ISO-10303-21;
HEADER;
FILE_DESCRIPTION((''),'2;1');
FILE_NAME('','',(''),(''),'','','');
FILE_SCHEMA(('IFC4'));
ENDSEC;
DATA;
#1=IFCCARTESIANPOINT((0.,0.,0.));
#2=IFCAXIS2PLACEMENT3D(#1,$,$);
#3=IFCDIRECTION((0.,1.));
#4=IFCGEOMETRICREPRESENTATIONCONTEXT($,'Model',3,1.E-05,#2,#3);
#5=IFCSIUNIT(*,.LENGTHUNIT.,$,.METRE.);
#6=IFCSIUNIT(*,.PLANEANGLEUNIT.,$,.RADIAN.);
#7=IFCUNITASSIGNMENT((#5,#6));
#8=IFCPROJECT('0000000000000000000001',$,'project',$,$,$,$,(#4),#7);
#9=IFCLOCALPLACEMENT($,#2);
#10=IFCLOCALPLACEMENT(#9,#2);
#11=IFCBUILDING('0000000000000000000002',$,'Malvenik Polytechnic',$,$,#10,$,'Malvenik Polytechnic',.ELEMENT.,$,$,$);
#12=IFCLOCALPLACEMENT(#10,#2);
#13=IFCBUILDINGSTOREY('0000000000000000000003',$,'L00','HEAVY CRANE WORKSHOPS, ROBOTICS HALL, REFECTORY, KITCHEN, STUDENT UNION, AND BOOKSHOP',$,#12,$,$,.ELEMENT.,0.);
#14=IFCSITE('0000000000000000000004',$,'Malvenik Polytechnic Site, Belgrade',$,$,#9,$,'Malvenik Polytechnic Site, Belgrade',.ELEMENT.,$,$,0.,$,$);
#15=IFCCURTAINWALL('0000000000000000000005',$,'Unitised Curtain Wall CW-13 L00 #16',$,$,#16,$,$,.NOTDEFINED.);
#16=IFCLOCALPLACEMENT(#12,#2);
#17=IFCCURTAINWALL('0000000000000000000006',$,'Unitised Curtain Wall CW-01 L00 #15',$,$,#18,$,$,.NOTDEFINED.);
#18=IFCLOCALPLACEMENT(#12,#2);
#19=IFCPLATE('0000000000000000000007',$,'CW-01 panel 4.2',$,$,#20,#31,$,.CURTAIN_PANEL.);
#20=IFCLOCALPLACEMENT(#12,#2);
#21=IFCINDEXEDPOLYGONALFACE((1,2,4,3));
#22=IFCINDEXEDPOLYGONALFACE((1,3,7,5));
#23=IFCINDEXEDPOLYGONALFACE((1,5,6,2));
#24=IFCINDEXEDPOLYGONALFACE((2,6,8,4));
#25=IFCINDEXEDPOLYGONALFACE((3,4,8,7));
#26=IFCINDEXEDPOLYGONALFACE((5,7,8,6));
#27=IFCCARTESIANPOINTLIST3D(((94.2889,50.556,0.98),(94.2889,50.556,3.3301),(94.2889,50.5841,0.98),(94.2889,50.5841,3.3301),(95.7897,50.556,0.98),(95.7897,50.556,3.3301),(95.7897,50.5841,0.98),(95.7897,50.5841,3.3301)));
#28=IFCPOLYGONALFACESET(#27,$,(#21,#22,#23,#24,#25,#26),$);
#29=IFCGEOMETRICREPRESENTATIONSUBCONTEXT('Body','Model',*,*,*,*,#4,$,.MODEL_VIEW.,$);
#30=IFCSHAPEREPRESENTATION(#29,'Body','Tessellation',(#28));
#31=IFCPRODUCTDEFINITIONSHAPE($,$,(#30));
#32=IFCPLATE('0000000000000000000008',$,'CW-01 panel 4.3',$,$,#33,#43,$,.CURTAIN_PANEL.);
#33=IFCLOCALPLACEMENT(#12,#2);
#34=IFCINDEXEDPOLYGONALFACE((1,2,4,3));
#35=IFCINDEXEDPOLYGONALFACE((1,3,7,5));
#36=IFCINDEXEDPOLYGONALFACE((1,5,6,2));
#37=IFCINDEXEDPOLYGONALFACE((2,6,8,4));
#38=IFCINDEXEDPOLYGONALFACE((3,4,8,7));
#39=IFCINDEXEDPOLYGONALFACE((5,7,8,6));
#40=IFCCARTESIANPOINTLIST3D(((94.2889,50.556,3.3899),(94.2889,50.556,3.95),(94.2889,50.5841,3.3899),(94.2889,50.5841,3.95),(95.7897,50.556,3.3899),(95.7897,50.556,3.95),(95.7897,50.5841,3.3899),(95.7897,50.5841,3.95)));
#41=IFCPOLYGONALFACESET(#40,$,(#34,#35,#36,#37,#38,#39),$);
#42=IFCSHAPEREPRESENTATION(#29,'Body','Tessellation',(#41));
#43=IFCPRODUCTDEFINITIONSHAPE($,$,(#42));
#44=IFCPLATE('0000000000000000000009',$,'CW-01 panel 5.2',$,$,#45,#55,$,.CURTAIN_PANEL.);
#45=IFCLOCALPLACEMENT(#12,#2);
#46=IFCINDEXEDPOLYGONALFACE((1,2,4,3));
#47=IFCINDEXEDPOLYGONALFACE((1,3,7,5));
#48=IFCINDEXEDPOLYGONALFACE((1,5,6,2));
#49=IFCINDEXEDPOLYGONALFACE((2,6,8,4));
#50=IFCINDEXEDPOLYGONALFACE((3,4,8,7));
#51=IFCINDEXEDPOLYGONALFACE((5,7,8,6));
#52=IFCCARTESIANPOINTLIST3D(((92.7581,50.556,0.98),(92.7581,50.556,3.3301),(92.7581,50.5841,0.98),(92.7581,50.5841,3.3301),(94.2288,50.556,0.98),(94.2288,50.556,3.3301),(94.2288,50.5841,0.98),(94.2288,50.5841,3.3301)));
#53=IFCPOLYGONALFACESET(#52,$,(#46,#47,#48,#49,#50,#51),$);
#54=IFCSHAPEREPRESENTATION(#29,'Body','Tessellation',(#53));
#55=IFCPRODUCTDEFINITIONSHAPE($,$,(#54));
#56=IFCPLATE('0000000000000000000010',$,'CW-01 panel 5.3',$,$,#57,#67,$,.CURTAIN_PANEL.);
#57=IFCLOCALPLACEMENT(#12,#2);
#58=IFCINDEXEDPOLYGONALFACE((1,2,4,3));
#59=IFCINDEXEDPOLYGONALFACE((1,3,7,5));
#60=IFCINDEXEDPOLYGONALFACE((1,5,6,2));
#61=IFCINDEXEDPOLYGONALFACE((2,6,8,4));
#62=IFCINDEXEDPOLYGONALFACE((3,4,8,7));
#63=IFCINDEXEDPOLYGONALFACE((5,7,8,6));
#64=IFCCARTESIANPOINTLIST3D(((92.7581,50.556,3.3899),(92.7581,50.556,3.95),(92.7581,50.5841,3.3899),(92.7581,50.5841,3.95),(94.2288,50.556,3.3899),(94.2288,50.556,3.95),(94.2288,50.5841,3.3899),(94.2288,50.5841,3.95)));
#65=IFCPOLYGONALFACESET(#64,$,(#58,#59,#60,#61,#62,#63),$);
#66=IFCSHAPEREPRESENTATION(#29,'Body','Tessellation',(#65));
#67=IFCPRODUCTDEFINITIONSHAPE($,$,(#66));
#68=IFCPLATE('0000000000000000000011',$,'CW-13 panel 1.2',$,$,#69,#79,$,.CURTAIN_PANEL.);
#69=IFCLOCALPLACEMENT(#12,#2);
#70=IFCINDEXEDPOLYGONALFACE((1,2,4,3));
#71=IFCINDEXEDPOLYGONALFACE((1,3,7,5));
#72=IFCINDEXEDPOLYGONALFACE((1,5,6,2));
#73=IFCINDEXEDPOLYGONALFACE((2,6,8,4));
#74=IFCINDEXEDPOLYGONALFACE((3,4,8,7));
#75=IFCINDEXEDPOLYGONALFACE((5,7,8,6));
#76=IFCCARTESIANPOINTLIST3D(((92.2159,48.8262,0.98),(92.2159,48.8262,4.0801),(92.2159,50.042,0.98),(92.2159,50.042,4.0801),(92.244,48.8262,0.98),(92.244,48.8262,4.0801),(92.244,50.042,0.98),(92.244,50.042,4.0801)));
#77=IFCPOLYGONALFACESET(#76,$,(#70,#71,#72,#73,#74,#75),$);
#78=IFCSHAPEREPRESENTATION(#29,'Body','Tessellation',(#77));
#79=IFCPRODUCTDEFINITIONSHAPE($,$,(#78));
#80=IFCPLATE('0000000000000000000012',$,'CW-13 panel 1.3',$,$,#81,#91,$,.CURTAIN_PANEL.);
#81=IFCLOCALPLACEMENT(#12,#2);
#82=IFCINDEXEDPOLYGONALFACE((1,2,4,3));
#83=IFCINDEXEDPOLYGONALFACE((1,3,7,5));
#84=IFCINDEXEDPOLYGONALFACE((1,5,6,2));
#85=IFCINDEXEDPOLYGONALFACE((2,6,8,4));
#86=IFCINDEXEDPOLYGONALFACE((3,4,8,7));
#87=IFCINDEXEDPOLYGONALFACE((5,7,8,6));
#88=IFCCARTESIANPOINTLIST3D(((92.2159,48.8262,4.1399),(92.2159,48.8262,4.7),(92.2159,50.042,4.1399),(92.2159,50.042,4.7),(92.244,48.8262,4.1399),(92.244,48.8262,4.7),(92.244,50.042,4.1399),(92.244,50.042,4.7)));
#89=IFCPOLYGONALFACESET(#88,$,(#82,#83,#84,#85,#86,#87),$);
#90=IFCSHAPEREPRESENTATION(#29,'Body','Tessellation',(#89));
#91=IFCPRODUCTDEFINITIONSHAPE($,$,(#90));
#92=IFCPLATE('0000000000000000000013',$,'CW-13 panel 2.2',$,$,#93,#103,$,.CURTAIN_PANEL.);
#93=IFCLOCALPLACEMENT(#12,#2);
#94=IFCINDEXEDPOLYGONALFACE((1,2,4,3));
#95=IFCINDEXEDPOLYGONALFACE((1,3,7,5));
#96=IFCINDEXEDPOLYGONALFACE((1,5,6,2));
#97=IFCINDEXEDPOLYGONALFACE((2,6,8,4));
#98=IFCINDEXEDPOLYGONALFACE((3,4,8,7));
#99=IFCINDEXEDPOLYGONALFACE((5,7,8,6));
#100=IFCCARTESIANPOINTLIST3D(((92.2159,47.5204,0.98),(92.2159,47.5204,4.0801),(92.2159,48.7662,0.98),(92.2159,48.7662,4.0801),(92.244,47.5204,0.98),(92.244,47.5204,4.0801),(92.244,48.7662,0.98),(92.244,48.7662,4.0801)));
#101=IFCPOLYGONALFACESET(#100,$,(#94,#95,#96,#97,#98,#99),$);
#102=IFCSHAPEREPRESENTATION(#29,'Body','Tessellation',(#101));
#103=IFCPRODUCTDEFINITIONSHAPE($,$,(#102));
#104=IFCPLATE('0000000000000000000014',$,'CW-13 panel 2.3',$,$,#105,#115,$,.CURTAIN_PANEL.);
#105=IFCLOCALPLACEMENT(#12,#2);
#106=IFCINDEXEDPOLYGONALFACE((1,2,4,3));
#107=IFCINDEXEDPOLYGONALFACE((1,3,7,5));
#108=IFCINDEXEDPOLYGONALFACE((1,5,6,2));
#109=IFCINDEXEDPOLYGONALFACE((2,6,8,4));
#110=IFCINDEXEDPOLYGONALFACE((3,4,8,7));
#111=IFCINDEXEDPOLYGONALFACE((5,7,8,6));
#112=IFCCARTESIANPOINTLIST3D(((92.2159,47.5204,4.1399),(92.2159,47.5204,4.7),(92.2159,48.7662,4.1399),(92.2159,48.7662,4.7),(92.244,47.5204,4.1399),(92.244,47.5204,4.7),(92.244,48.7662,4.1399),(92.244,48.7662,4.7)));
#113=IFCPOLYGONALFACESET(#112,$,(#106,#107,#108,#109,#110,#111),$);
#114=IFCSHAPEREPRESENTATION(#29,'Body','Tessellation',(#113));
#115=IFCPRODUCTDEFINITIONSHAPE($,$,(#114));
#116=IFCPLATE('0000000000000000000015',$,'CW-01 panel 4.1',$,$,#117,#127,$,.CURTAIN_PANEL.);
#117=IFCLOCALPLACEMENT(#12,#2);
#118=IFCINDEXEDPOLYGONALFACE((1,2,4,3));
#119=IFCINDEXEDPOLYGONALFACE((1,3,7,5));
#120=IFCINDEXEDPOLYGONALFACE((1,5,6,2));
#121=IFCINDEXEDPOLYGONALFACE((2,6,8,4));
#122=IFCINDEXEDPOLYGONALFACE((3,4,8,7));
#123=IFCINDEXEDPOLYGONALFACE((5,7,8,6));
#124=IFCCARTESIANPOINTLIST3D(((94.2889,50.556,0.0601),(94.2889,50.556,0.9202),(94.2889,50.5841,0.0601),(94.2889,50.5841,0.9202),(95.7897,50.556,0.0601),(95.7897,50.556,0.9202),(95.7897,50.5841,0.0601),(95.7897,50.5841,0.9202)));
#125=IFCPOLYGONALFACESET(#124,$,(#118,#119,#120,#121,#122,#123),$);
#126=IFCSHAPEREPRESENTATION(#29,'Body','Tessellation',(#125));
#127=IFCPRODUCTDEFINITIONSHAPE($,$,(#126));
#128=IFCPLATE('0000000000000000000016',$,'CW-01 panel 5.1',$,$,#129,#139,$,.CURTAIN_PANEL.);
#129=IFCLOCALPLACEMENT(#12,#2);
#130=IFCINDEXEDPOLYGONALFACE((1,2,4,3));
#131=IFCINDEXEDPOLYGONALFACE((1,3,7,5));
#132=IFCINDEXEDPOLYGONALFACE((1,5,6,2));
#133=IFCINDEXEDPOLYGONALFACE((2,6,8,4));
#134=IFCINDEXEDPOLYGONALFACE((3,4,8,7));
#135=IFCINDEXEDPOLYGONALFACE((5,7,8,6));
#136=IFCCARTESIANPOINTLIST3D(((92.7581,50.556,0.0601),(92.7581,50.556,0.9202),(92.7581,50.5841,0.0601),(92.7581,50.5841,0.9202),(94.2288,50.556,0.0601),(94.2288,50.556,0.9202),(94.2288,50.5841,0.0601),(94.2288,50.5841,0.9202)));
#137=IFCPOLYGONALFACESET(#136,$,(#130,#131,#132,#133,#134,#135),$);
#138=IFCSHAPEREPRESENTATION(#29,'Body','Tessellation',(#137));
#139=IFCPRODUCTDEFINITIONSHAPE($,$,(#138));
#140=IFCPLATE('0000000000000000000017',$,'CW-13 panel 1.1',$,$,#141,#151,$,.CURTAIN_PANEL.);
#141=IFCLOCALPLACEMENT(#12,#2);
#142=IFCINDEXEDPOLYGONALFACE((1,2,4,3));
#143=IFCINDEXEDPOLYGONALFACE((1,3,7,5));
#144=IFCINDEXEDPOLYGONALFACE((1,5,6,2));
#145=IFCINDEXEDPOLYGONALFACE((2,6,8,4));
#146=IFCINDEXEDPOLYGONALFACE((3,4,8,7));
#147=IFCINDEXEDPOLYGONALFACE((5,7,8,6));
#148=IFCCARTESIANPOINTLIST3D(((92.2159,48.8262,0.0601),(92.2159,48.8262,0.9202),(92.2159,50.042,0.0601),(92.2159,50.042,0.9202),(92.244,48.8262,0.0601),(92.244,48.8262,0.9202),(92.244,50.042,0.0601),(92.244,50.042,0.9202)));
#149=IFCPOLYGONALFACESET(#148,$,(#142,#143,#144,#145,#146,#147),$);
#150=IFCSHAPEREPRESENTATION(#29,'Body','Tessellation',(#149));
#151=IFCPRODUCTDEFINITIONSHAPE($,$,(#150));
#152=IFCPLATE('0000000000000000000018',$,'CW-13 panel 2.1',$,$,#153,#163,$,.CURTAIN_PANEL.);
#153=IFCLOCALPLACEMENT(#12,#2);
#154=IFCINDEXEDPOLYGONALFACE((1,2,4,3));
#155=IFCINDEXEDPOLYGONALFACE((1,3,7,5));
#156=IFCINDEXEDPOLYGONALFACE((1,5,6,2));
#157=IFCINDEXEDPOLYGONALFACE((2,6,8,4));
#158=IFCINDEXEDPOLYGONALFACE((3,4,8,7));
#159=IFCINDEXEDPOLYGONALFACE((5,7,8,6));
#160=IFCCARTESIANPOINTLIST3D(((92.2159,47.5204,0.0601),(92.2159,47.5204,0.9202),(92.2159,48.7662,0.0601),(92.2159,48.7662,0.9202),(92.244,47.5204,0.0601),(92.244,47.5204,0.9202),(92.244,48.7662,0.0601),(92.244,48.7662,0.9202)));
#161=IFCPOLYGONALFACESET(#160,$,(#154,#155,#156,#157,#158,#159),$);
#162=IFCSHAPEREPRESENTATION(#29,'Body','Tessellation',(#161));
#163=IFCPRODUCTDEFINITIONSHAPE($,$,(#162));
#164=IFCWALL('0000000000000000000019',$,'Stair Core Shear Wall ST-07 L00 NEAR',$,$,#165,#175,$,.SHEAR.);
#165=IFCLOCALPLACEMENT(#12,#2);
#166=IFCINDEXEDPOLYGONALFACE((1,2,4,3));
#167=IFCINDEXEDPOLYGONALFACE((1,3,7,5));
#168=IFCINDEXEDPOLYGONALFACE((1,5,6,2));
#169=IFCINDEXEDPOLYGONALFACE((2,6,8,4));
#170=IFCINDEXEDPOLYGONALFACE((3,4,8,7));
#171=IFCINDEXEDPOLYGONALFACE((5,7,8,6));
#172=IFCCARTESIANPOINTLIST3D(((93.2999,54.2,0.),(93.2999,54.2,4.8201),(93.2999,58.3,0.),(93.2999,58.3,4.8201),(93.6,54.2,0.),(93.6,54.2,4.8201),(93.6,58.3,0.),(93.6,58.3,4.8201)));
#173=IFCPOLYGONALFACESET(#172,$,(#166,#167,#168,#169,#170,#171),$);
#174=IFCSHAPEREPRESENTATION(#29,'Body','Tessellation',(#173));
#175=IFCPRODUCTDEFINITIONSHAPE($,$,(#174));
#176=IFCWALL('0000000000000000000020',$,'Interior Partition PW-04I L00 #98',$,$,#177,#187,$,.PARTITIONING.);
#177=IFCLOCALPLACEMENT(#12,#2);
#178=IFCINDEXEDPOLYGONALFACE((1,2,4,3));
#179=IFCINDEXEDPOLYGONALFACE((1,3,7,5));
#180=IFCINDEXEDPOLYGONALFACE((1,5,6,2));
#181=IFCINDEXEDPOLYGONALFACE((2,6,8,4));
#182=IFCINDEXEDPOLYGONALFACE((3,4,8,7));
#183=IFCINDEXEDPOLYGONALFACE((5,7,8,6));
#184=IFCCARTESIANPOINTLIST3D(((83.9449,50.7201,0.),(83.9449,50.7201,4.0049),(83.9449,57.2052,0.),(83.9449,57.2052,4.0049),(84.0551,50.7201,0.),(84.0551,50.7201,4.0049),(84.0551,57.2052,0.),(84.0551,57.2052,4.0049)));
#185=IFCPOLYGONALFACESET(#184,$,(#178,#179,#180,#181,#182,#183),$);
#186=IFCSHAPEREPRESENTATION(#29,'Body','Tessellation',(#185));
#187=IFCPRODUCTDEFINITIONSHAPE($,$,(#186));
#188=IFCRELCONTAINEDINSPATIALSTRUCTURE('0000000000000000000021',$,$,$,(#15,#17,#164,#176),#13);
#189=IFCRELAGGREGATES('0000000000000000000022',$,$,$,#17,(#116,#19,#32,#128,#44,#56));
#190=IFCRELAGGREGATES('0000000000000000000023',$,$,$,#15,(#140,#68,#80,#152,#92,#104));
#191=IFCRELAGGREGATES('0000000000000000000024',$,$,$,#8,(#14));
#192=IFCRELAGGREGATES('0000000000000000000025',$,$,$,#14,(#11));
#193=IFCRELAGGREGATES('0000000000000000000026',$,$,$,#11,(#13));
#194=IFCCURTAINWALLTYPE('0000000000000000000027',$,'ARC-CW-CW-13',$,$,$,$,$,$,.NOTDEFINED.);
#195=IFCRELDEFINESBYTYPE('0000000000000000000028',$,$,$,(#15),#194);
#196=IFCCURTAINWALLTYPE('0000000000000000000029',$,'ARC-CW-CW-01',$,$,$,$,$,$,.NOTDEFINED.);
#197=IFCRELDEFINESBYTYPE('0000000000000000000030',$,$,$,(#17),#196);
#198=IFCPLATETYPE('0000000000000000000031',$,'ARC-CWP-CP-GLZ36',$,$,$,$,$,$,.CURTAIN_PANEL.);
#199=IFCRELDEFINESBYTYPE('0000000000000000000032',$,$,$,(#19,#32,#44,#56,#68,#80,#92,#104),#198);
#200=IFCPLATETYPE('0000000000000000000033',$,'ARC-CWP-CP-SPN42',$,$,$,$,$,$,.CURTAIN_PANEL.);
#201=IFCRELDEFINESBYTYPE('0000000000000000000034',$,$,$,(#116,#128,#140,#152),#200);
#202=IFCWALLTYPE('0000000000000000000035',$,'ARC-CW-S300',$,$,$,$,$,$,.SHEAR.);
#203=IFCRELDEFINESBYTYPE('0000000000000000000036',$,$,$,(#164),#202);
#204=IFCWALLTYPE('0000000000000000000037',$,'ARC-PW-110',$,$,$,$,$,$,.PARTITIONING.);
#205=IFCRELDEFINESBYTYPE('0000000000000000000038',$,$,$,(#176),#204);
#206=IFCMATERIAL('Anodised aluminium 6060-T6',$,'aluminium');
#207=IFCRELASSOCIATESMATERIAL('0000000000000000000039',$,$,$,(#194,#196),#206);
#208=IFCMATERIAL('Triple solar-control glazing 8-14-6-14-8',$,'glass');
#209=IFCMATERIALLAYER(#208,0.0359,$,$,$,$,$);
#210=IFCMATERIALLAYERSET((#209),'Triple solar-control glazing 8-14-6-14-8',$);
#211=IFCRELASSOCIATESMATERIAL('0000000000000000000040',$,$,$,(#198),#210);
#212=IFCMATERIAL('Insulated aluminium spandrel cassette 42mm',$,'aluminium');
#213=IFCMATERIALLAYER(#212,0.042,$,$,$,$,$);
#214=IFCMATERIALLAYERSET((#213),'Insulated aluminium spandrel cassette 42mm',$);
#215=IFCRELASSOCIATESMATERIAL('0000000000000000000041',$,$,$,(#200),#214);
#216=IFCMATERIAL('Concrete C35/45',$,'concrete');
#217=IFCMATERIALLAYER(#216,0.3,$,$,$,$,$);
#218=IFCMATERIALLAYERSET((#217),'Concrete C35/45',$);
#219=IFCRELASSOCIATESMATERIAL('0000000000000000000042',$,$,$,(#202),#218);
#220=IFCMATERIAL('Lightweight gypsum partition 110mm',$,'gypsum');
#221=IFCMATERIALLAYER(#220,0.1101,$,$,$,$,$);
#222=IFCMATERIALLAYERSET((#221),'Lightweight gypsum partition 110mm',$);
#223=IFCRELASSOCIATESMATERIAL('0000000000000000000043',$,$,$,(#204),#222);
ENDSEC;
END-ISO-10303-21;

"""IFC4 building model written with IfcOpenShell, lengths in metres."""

from ifc_helpers import new_model, si_unit, direction, frame, frame_2d, origin, origin_2d, place, context, subcontext, project, spatial, rectangle, extrude, material, layer, layer_set, type_object, element, aggregate, save


model = new_model("IFC4")

# Units and contexts
model_context = context("Model", 3, precision=1e-05, world=origin(), true_north=direction((0.0, 1.0)))
body_context = subcontext(model_context, "Body", "Model", "MODEL_VIEW")
ifc_project = project(units=[si_unit("LENGTHUNIT", "METRE"), si_unit("PLANEANGLEUNIT", "RADIAN")], contexts=[model_context])

# Site, building, storey
site_placement = place(None, origin())
site = spatial("IfcSite", under=ifc_project, at=site_placement, Name="Malvenik Polytechnic Site, Belgrade", LongName="Malvenik Polytechnic Site, Belgrade", CompositionType="ELEMENT", RefElevation=0.0)
building_placement = place(site_placement, origin())
building = spatial("IfcBuilding", under=site, at=building_placement, Name="Malvenik Polytechnic", LongName="Malvenik Polytechnic", CompositionType="ELEMENT")
storey_placement = place(building_placement, origin())
storey = spatial("IfcBuildingStorey", under=building, at=storey_placement, Name="L00", Description="HEAVY CRANE WORKSHOPS, ROBOTICS HALL, REFECTORY, KITCHEN, STUDENT UNION, AND BOOKSHOP", CompositionType="ELEMENT", Elevation=0.0)

# Shared definitions
ifc_material_1 = material(Name="Concrete C35/45", Category="concrete")

# Curtain walls
ifc_material_2 = material(Name="Anodised aluminium 6060-T6", Category="aluminium")
curtain_wall_type_1 = type_object("IfcCurtainWallType", Name="ARC-CW-CW-13", PredefinedType="NOTDEFINED", material=ifc_material_2)
curtain_wall_1_placement = place(storey_placement, origin())
curtain_wall_1 = element("IfcCurtainWall", 1, at=curtain_wall_1_placement, inside=storey, type_object=curtain_wall_type_1, Name="Unitised Curtain Wall CW-13 L00 #16", PredefinedType="NOTDEFINED")
curtain_wall_type_2 = type_object("IfcCurtainWallType", Name="ARC-CW-CW-01", PredefinedType="NOTDEFINED", material=ifc_material_2)
curtain_wall_2_placement = place(storey_placement, origin())
curtain_wall_2 = element("IfcCurtainWall", 2, at=curtain_wall_2_placement, inside=storey, type_object=curtain_wall_type_2, Name="Unitised Curtain Wall CW-01 L00 #15", PredefinedType="NOTDEFINED")

# Plates
ifc_material_3 = material(Name="Triple solar-control glazing 8-14-6-14-8", Category="glass")
ifc_layer_1 = layer(ifc_material_3, 0.0359)
ifc_layer_set_1 = layer_set([ifc_layer_1], Name="Triple solar-control glazing 8-14-6-14-8")
plate_type_1 = type_object("IfcPlateType", Name="ARC-CWP-CP-GLZ36", PredefinedType="CURTAIN_PANEL", material=ifc_layer_set_1)
plate_1_placement = place(storey_placement, frame((95.0393, 50.5701, 0.98), z_axis=(0.0, 0.0, 1.0), x_axis=(-1.0, 0.0, 0.0)))
plate_1 = element("IfcPlate", 3, at=plate_1_placement, type_object=plate_type_1, Name="CW-01 panel 4.2", PredefinedType="CURTAIN_PANEL", context=body_context, shape_type="SweptSolid", body=[
    extrude(rectangle(XDim=1.5007, YDim=0.0281, at=origin_2d()), origin(), (0.0, 0.0, 1.0), 2.3501),
])
plate_2_placement = place(storey_placement, frame((95.0393, 50.5701, 3.3899), z_axis=(0.0, 0.0, 1.0), x_axis=(-1.0, 0.0, 0.0)))
plate_2 = element("IfcPlate", 4, at=plate_2_placement, type_object=plate_type_1, Name="CW-01 panel 4.3", PredefinedType="CURTAIN_PANEL", context=body_context, shape_type="SweptSolid", body=[
    extrude(rectangle(XDim=1.5007, YDim=0.0281, at=origin_2d()), origin(), (0.0, 0.0, 1.0), 0.5601),
])
plate_3_placement = place(storey_placement, frame((93.4934, 50.5701, 0.98), z_axis=(0.0, 0.0, 1.0), x_axis=(-1.0, 0.0, 0.0)))
plate_3 = element("IfcPlate", 5, at=plate_3_placement, type_object=plate_type_1, Name="CW-01 panel 5.2", PredefinedType="CURTAIN_PANEL", context=body_context, shape_type="SweptSolid", body=[
    extrude(rectangle(XDim=1.4707, YDim=0.0281, at=origin_2d()), origin(), (0.0, 0.0, 1.0), 2.3501),
])
plate_4_placement = place(storey_placement, frame((93.4934, 50.5701, 3.3899), z_axis=(0.0, 0.0, 1.0), x_axis=(-1.0, 0.0, 0.0)))
plate_4 = element("IfcPlate", 6, at=plate_4_placement, type_object=plate_type_1, Name="CW-01 panel 5.3", PredefinedType="CURTAIN_PANEL", context=body_context, shape_type="SweptSolid", body=[
    extrude(rectangle(XDim=1.4707, YDim=0.0281, at=origin_2d()), origin(), (0.0, 0.0, 1.0), 0.5601),
])
plate_5_placement = place(storey_placement, frame((92.23, 49.4341, 0.98), z_axis=(0.0, 0.0, 1.0), x_axis=(0.0, -1.0, 0.0)))
plate_5 = element("IfcPlate", 7, at=plate_5_placement, type_object=plate_type_1, Name="CW-13 panel 1.2", PredefinedType="CURTAIN_PANEL", context=body_context, shape_type="SweptSolid", body=[
    extrude(rectangle(XDim=1.2158, YDim=0.0281, at=origin_2d()), origin(), (0.0, 0.0, 1.0), 3.1001),
])
plate_6_placement = place(storey_placement, frame((92.23, 49.4341, 4.1399), z_axis=(0.0, 0.0, 1.0), x_axis=(0.0, -1.0, 0.0)))
plate_6 = element("IfcPlate", 8, at=plate_6_placement, type_object=plate_type_1, Name="CW-13 panel 1.3", PredefinedType="CURTAIN_PANEL", context=body_context, shape_type="SweptSolid", body=[
    extrude(rectangle(XDim=1.2158, YDim=0.0281, at=origin_2d()), origin(), (0.0, 0.0, 1.0), 0.5601),
])
plate_7_placement = place(storey_placement, frame((92.23, 48.1433, 0.98), z_axis=(0.0, 0.0, 1.0), x_axis=(0.0, -1.0, 0.0)))
plate_7 = element("IfcPlate", 9, at=plate_7_placement, type_object=plate_type_1, Name="CW-13 panel 2.2", PredefinedType="CURTAIN_PANEL", context=body_context, shape_type="SweptSolid", body=[
    extrude(rectangle(XDim=1.2458, YDim=0.0281, at=origin_2d()), origin(), (0.0, 0.0, 1.0), 3.1001),
])
plate_8_placement = place(storey_placement, frame((92.23, 48.1433, 4.1399), z_axis=(0.0, 0.0, 1.0), x_axis=(0.0, -1.0, 0.0)))
plate_8 = element("IfcPlate", 10, at=plate_8_placement, type_object=plate_type_1, Name="CW-13 panel 2.3", PredefinedType="CURTAIN_PANEL", context=body_context, shape_type="SweptSolid", body=[
    extrude(rectangle(XDim=1.2458, YDim=0.0281, at=origin_2d()), origin(), (0.0, 0.0, 1.0), 0.5601),
])
ifc_material_4 = material(Name="Insulated aluminium spandrel cassette 42mm", Category="aluminium")
ifc_layer_2 = layer(ifc_material_4, 0.042)
ifc_layer_set_2 = layer_set([ifc_layer_2], Name="Insulated aluminium spandrel cassette 42mm")
plate_type_2 = type_object("IfcPlateType", Name="ARC-CWP-CP-SPN42", PredefinedType="CURTAIN_PANEL", material=ifc_layer_set_2)
plate_9_placement = place(storey_placement, frame((95.0393, 50.5701, 0.0601), z_axis=(0.0, 0.0, 1.0), x_axis=(-1.0, 0.0, 0.0)))
plate_9 = element("IfcPlate", 11, at=plate_9_placement, type_object=plate_type_2, Name="CW-01 panel 4.1", PredefinedType="CURTAIN_PANEL", context=body_context, shape_type="SweptSolid", body=[
    extrude(rectangle(XDim=1.5007, YDim=0.0281, at=origin_2d()), origin(), (0.0, 0.0, 1.0), 0.8601),
])
plate_10_placement = place(storey_placement, frame((93.4934, 50.5701, 0.0601), z_axis=(0.0, 0.0, 1.0), x_axis=(-1.0, 0.0, 0.0)))
plate_10 = element("IfcPlate", 12, at=plate_10_placement, type_object=plate_type_2, Name="CW-01 panel 5.1", PredefinedType="CURTAIN_PANEL", context=body_context, shape_type="SweptSolid", body=[
    extrude(rectangle(XDim=1.4707, YDim=0.0281, at=origin_2d()), origin(), (0.0, 0.0, 1.0), 0.8601),
])
aggregate(curtain_wall_2, [plate_9, plate_1, plate_2, plate_10, plate_3, plate_4])
plate_11_placement = place(storey_placement, frame((92.23, 49.4341, 0.0601), z_axis=(0.0, 0.0, 1.0), x_axis=(0.0, -1.0, 0.0)))
plate_11 = element("IfcPlate", 13, at=plate_11_placement, type_object=plate_type_2, Name="CW-13 panel 1.1", PredefinedType="CURTAIN_PANEL", context=body_context, shape_type="SweptSolid", body=[
    extrude(rectangle(XDim=1.2158, YDim=0.0281, at=origin_2d()), origin(), (0.0, 0.0, 1.0), 0.8601),
])
plate_12_placement = place(storey_placement, frame((92.23, 48.1433, 0.0601), z_axis=(0.0, 0.0, 1.0), x_axis=(0.0, -1.0, 0.0)))
plate_12 = element("IfcPlate", 14, at=plate_12_placement, type_object=plate_type_2, Name="CW-13 panel 2.1", PredefinedType="CURTAIN_PANEL", context=body_context, shape_type="SweptSolid", body=[
    extrude(rectangle(XDim=1.2458, YDim=0.0281, at=origin_2d()), origin(), (0.0, 0.0, 1.0), 0.8601),
])
aggregate(curtain_wall_1, [plate_11, plate_5, plate_6, plate_12, plate_7, plate_8])

# Walls
ifc_layer_3 = layer(ifc_material_1, 0.3)
ifc_layer_set_3 = layer_set([ifc_layer_3], Name="Concrete C35/45")
wall_type_1 = type_object("IfcWallType", Name="ARC-CW-S300", PredefinedType="SHEAR", material=ifc_layer_set_3)
wall_1_placement = place(storey_placement, frame((93.45, 54.2, 0.0), z_axis=(0.0, 0.0, 1.0), x_axis=(0.0, 1.0, 0.0)))
element("IfcWall", 15, at=wall_1_placement, inside=storey, type_object=wall_type_1, Name="Stair Core Shear Wall ST-07 L00 NEAR", PredefinedType="SHEAR", context=body_context, shape_type="SweptSolid", body=[
    extrude(rectangle(XDim=4.1001, YDim=0.3, at=frame_2d((2.05, 0.0))), origin(), (0.0, 0.0, 1.0), 4.8201),
])
ifc_material_5 = material(Name="Lightweight gypsum partition 110mm", Category="gypsum")
ifc_layer_4 = layer(ifc_material_5, 0.1101)
ifc_layer_set_4 = layer_set([ifc_layer_4], Name="Lightweight gypsum partition 110mm")
wall_type_2 = type_object("IfcWallType", Name="ARC-PW-110", PredefinedType="PARTITIONING", material=ifc_layer_set_4)
wall_2_placement = place(storey_placement, frame((84.0, 50.72, 0.0), z_axis=(0.0, 0.0, 1.0), x_axis=(0.0, 1.0, 0.0)))
element("IfcWall", 16, at=wall_2_placement, inside=storey, type_object=wall_type_2, Name="Interior Partition PW-04I L00 #98", PredefinedType="PARTITIONING", context=body_context, shape_type="SweptSolid", body=[
    extrude(rectangle(XDim=6.4851, YDim=0.1101, at=frame_2d((3.2427, 0.0))), origin(), (0.0, 0.0, 1.0), 4.0049),
])

save(model, "model.ifc")
